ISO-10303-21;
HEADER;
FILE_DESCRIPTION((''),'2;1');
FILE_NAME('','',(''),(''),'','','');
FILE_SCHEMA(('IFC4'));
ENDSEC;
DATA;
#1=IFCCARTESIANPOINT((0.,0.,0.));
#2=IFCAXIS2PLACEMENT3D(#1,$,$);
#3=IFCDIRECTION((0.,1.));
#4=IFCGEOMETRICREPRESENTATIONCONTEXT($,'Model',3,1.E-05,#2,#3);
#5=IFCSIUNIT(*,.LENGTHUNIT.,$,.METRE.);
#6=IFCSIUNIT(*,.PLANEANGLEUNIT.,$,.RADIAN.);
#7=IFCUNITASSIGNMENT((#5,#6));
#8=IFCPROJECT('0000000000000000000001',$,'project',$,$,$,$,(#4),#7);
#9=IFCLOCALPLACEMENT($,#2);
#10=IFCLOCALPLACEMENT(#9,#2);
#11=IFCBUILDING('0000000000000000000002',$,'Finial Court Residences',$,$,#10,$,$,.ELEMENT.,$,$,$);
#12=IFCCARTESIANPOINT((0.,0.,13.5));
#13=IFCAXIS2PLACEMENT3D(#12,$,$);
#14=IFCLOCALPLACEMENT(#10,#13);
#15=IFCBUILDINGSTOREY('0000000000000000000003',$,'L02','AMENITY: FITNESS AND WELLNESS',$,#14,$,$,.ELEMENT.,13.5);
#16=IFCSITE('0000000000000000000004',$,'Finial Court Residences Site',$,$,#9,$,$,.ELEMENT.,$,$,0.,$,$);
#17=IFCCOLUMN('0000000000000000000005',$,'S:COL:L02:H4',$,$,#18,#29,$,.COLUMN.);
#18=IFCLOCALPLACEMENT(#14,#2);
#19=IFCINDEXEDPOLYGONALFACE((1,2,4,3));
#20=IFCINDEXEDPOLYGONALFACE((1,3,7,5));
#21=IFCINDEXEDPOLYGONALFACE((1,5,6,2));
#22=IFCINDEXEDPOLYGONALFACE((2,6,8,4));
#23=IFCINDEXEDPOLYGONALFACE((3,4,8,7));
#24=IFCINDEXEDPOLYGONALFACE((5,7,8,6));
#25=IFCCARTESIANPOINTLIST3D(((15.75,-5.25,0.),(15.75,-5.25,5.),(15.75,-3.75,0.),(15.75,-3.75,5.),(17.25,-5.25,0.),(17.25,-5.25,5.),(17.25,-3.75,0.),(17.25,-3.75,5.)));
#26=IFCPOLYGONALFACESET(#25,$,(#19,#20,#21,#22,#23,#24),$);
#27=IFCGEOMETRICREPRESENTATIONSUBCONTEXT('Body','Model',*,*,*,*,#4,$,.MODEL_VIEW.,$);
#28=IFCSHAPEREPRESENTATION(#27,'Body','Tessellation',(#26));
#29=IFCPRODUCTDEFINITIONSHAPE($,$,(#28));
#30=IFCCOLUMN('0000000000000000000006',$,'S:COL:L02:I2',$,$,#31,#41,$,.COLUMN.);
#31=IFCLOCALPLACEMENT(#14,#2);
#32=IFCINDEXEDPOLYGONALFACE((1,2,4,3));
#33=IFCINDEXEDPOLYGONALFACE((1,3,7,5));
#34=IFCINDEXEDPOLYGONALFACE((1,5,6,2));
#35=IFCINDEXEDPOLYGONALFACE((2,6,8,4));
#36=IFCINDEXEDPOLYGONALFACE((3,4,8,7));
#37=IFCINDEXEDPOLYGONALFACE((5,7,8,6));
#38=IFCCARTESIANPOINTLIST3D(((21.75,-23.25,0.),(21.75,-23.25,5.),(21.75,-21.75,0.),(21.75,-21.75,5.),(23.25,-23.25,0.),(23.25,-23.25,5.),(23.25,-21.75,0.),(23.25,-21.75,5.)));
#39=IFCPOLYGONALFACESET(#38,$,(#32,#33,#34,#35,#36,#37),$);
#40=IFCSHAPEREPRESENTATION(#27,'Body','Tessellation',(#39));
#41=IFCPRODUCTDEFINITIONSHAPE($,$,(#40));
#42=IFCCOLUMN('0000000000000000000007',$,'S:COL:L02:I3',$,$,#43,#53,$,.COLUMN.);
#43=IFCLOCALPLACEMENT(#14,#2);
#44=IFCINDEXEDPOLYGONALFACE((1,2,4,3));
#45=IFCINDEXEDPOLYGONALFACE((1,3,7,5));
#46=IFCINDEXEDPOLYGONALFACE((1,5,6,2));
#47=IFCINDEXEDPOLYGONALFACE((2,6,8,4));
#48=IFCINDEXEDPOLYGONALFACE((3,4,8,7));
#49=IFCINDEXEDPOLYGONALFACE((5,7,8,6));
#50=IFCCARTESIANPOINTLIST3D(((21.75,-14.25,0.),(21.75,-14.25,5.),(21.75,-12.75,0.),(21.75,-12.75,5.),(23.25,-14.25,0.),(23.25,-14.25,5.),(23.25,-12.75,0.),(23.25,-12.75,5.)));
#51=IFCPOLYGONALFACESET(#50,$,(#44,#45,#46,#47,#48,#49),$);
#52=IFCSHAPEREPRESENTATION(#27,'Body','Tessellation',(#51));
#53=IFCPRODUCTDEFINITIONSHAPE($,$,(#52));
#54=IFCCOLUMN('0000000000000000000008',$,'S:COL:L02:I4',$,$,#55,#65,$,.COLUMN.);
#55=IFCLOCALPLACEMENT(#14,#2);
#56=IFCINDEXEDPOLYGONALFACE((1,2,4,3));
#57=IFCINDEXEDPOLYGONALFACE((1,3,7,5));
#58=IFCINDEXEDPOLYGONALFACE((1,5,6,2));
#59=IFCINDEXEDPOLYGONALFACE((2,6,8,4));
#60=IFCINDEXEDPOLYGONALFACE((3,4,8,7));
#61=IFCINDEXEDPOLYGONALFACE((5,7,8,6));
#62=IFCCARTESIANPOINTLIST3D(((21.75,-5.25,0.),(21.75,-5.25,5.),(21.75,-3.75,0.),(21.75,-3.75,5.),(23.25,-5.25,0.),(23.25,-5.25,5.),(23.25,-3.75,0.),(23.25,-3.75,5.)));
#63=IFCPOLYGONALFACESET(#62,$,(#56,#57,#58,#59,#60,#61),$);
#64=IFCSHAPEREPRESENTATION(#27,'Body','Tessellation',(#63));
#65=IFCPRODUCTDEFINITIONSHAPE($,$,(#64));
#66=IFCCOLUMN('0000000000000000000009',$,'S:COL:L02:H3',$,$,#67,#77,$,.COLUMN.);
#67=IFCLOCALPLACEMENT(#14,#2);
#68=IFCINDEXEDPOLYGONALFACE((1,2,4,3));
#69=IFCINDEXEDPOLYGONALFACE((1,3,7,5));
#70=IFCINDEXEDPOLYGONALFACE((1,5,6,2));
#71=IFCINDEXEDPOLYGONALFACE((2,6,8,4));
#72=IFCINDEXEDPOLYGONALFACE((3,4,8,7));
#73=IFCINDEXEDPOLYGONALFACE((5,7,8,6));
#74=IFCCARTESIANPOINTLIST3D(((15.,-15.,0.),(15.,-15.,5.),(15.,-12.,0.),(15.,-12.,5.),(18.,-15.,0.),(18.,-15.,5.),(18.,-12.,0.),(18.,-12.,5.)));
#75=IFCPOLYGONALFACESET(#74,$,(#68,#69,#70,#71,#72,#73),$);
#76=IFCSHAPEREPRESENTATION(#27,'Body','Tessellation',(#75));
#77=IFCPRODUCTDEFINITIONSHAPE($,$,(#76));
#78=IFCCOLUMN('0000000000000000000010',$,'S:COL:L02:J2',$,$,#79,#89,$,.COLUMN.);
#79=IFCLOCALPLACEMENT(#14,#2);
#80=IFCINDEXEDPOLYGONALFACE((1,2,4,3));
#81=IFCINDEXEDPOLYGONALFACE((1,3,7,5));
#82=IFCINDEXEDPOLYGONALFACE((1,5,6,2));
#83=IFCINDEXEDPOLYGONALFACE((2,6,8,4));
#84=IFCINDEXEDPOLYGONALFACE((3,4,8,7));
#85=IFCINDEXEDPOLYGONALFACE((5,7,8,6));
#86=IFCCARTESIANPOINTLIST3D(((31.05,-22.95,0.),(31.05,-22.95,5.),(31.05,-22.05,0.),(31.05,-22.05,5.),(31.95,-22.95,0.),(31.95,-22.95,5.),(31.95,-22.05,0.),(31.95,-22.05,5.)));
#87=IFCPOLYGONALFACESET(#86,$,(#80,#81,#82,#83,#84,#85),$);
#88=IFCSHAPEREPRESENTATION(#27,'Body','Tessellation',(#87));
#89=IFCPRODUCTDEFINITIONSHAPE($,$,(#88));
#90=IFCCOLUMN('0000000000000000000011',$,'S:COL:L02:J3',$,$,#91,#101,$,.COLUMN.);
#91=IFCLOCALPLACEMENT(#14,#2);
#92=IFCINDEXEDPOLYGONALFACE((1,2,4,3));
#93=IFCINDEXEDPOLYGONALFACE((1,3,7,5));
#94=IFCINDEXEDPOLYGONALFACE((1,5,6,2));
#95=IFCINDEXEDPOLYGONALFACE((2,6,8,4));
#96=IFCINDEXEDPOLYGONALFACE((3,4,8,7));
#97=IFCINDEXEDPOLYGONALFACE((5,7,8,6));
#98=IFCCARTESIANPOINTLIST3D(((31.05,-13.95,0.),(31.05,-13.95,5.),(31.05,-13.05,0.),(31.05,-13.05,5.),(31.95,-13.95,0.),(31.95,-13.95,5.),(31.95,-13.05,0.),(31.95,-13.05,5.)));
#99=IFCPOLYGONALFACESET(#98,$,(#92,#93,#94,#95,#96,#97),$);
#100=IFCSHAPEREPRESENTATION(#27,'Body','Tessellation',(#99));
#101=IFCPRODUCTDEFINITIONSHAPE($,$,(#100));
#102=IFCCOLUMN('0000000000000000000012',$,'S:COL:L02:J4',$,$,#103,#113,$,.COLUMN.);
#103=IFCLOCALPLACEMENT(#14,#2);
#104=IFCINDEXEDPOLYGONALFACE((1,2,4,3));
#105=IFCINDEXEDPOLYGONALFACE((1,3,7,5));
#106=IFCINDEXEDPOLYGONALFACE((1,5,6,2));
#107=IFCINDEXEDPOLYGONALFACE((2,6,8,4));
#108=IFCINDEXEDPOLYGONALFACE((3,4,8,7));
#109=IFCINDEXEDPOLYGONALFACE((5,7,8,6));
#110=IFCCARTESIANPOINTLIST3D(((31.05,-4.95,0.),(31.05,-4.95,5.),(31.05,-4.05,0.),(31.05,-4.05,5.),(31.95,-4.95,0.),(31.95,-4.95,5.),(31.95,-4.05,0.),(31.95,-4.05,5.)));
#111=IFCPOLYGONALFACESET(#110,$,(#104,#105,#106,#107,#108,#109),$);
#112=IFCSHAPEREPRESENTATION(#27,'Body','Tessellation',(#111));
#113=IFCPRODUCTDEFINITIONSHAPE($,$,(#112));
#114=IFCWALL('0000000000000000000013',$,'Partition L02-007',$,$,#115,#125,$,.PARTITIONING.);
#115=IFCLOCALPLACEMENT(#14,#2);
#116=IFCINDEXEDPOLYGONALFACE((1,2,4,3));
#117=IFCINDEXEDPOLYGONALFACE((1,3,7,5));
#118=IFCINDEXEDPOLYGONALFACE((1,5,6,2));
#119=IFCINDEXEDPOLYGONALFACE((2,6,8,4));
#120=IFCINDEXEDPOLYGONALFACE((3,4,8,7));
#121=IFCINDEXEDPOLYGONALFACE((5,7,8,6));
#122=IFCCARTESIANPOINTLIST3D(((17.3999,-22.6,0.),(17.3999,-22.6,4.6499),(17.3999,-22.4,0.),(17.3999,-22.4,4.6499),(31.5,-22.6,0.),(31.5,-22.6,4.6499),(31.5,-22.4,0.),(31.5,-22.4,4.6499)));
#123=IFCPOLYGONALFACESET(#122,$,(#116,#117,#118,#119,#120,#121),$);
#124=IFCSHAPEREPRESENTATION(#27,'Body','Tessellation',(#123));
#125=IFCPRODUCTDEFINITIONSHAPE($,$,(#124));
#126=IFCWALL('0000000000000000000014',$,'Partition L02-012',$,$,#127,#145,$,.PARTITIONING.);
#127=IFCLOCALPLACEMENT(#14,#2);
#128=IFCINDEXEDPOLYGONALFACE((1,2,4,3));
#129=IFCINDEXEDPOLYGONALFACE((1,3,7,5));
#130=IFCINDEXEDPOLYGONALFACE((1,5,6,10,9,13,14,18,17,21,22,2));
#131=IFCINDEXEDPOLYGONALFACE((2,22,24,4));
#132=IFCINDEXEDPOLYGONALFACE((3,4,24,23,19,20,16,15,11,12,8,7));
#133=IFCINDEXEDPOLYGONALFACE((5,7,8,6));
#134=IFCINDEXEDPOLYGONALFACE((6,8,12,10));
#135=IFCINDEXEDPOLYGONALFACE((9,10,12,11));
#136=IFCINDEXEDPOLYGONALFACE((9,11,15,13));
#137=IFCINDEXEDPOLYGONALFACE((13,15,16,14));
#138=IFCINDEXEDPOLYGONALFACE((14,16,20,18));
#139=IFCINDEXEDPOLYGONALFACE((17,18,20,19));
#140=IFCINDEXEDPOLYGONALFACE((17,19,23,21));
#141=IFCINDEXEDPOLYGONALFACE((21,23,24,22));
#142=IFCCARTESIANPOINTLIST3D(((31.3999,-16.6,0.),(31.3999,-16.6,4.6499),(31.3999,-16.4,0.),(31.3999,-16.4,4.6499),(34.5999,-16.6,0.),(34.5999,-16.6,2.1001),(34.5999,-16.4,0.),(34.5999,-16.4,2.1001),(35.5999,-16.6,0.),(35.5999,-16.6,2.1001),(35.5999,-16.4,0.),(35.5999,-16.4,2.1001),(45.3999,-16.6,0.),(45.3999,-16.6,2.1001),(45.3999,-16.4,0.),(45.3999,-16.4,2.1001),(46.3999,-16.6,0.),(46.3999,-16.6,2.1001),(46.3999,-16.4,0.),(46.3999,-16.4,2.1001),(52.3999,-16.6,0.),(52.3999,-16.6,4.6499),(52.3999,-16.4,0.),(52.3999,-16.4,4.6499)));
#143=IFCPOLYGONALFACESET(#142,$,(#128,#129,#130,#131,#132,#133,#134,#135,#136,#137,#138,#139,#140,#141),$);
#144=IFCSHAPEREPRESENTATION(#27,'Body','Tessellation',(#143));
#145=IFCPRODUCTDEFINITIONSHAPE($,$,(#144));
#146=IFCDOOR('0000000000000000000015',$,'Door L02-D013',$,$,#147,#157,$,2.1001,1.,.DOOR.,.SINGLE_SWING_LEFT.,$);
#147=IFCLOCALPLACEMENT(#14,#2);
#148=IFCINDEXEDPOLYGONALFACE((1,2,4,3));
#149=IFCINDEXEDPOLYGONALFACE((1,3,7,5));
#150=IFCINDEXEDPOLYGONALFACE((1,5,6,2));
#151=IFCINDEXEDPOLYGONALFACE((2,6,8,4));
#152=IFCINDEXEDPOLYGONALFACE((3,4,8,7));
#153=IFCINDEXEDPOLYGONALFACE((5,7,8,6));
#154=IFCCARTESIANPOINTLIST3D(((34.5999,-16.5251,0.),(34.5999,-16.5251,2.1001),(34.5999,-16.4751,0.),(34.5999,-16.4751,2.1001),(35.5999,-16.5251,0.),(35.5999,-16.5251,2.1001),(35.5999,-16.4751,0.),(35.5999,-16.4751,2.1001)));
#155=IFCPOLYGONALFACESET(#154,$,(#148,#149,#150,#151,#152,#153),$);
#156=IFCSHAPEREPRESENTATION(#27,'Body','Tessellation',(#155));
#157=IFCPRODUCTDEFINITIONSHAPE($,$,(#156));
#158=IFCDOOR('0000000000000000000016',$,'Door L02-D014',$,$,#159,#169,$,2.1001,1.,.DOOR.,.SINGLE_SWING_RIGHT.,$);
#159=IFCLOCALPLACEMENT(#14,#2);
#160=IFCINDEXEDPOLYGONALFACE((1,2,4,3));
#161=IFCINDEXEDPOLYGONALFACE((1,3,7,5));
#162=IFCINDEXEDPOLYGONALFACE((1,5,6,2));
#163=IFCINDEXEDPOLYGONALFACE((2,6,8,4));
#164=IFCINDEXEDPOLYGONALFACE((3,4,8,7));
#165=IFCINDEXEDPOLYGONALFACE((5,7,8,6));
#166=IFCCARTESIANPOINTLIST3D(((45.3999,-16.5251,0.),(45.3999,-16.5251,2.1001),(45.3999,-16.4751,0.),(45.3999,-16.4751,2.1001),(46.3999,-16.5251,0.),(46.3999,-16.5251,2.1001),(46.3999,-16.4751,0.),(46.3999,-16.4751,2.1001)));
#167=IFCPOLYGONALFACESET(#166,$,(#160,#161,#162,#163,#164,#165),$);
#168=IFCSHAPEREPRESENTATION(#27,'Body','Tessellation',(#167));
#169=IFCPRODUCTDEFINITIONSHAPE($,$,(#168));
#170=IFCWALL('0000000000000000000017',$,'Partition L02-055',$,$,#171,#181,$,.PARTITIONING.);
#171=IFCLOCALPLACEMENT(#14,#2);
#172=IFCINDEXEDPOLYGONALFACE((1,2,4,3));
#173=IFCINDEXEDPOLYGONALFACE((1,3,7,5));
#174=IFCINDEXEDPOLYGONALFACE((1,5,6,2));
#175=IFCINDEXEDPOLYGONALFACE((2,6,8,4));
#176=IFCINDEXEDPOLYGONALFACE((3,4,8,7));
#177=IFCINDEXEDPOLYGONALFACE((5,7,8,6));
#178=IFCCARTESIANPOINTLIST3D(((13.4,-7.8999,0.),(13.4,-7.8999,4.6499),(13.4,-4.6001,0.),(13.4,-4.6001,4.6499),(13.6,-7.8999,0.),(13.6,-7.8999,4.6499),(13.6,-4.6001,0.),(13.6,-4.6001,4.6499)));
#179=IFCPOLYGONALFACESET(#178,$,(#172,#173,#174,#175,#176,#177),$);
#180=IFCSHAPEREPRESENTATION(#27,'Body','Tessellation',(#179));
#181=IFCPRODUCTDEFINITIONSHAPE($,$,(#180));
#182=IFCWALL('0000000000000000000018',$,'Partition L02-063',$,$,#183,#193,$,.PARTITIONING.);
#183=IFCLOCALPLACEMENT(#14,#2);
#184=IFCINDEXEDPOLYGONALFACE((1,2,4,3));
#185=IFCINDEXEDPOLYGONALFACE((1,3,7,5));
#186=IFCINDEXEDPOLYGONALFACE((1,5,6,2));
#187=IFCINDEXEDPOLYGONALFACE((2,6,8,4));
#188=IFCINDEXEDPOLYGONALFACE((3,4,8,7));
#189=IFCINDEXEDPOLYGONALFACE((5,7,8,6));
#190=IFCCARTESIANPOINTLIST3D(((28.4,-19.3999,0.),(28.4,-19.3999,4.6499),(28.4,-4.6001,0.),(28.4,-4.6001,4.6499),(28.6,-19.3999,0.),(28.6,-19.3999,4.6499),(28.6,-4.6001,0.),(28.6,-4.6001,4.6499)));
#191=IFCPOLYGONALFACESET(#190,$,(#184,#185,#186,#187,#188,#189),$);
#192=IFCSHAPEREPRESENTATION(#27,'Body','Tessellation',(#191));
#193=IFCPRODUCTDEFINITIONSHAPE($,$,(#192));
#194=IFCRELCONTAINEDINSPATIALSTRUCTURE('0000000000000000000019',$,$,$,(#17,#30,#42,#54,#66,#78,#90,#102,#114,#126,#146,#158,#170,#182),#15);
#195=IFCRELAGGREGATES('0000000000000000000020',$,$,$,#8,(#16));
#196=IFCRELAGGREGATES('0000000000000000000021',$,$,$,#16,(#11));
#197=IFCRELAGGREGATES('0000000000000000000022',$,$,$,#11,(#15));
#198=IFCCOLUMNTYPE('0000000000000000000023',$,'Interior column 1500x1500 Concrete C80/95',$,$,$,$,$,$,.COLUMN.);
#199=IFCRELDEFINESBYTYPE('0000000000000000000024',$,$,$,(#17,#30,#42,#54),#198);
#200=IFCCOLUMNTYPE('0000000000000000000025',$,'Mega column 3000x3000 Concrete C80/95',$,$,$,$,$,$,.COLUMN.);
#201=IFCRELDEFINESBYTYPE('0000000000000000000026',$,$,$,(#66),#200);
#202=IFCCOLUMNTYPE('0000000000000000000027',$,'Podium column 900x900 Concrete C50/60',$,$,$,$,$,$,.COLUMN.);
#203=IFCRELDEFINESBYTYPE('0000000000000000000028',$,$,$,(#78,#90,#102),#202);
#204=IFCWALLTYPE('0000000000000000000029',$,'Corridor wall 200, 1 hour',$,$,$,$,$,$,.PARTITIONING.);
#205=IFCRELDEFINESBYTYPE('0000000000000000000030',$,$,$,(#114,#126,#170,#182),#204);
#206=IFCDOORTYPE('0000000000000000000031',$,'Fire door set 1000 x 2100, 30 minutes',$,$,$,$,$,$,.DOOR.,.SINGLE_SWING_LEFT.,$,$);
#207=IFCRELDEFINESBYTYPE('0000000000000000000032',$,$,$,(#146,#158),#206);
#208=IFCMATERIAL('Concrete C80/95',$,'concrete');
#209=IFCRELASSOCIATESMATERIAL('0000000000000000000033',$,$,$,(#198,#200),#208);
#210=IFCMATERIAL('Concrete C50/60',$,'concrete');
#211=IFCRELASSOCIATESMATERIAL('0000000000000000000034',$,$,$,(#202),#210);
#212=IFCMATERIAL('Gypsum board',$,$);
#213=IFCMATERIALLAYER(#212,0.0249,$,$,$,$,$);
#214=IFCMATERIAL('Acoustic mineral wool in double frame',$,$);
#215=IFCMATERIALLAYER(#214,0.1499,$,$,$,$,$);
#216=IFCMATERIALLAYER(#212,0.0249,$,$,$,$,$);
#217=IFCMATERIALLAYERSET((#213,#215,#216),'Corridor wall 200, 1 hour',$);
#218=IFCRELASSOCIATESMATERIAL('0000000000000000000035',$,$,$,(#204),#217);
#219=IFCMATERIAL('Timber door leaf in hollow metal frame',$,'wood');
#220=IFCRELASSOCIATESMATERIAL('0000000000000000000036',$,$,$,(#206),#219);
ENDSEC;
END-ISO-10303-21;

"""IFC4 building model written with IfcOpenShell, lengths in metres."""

from ifc_helpers import new_model, si_unit, direction, frame, frame_2d, origin, origin_2d, place, context, subcontext, project, spatial, rectangle, extrude, material, layer, layer_set, material_profile, profile_set, type_object, element, fill, save


model = new_model("IFC4")

# Units and contexts
model_context = context("Model", 3, precision=1e-05, world=origin(), true_north=direction((0.0, 1.0)))
body_context = subcontext(model_context, "Body", "Model", "MODEL_VIEW")
ifc_project = project(units=[si_unit("LENGTHUNIT", "METRE"), si_unit("PLANEANGLEUNIT", "RADIAN")], contexts=[model_context])

# Site, building, storey
site_placement = place(None, origin())
site = spatial("IfcSite", under=ifc_project, at=site_placement, Name="Finial Court Residences Site", CompositionType="ELEMENT", RefElevation=0.0)
building_placement = place(site_placement, origin())
building = spatial("IfcBuilding", under=site, at=building_placement, Name="Finial Court Residences", CompositionType="ELEMENT")
storey_placement = place(building_placement, frame((0.0, 0.0, 13.5)))
storey = spatial("IfcBuildingStorey", under=building, at=storey_placement, Name="L02", Description="AMENITY: FITNESS AND WELLNESS", CompositionType="ELEMENT", Elevation=13.5)

# Columns
ifc_material_1 = material(Name="Concrete C80/95", Category="concrete")
ifc_material_profile_1 = material_profile(ifc_material_1, rectangle(XDim=1.5, YDim=1.5, at=origin_2d()), Name="1500x1500")
ifc_profile_set_1 = profile_set([ifc_material_profile_1], Name="Concrete C80/95")
column_type_1 = type_object("IfcColumnType", Name="Interior column 1500x1500 Concrete C80/95", PredefinedType="COLUMN", material=ifc_profile_set_1)
for number, where, z_axis, x_axis, name in (
    (1, (16.5, -4.5, 0.0), (0.0, 0.0, 1.0), (1.0, 0.0, 0.0), "S:COL:L02:H4"),
    (2, (22.5, -22.5, 0.0), (0.0, 0.0, 1.0), (1.0, 0.0, 0.0), "S:COL:L02:I2"),
    (3, (22.5, -13.5, 0.0), (0.0, 0.0, 1.0), (1.0, 0.0, 0.0), "S:COL:L02:I3"),
    (4, (22.5, -4.5, 0.0), (0.0, 0.0, 1.0), (1.0, 0.0, 0.0), "S:COL:L02:I4"),
):
    element("IfcColumn", number, at=place(storey_placement, frame(where, z_axis=z_axis, x_axis=x_axis)), inside=storey, type_object=column_type_1, Name=name, PredefinedType="COLUMN", context=body_context, shape_type="SweptSolid", body=[
        extrude(rectangle(XDim=1.5, YDim=1.5, at=origin_2d()), origin(), (0.0, 0.0, 1.0), 5.0),
    ])
ifc_material_profile_2 = material_profile(ifc_material_1, rectangle(XDim=3.0, YDim=3.0, at=origin_2d()), Name="3000x3000")
ifc_profile_set_2 = profile_set([ifc_material_profile_2], Name="Concrete C80/95")
column_type_2 = type_object("IfcColumnType", Name="Mega column 3000x3000 Concrete C80/95", PredefinedType="COLUMN", material=ifc_profile_set_2)
column_placement = place(storey_placement, frame((16.5, -13.5, 0.0), z_axis=(0.0, 0.0, 1.0), x_axis=(1.0, 0.0, 0.0)))
element("IfcColumn", 5, at=column_placement, inside=storey, type_object=column_type_2, Name="S:COL:L02:H3", PredefinedType="COLUMN", context=body_context, shape_type="SweptSolid", body=[
    extrude(rectangle(XDim=3.0, YDim=3.0, at=origin_2d()), origin(), (0.0, 0.0, 1.0), 5.0),
])
ifc_material_2 = material(Name="Concrete C50/60", Category="concrete")
ifc_material_profile_3 = material_profile(ifc_material_2, rectangle(XDim=0.8999, YDim=0.8999, at=origin_2d()), Name="900x900")
ifc_profile_set_3 = profile_set([ifc_material_profile_3], Name="Concrete C50/60")
column_type_3 = type_object("IfcColumnType", Name="Podium column 900x900 Concrete C50/60", PredefinedType="COLUMN", material=ifc_profile_set_3)
for number, where, z_axis, x_axis, name in (
    (6, (31.5, -22.5, 0.0), (0.0, 0.0, 1.0), (1.0, 0.0, 0.0), "S:COL:L02:J2"),
    (7, (31.5, -13.5, 0.0), (0.0, 0.0, 1.0), (1.0, 0.0, 0.0), "S:COL:L02:J3"),
    (8, (31.5, -4.5, 0.0), (0.0, 0.0, 1.0), (1.0, 0.0, 0.0), "S:COL:L02:J4"),
):
    element("IfcColumn", number, at=place(storey_placement, frame(where, z_axis=z_axis, x_axis=x_axis)), inside=storey, type_object=column_type_3, Name=name, PredefinedType="COLUMN", context=body_context, shape_type="SweptSolid", body=[
        extrude(rectangle(XDim=0.8999, YDim=0.8999, at=origin_2d()), origin(), (0.0, 0.0, 1.0), 5.0),
    ])

# Wall
ifc_material_3 = material(Name="Gypsum board")
ifc_layer_1 = layer(ifc_material_3, 0.0249)
ifc_material_4 = material(Name="Acoustic mineral wool in double frame")
ifc_layer_2 = layer(ifc_material_4, 0.1499)
ifc_layer_3 = layer(ifc_material_3, 0.0249)
ifc_layer_set_1 = layer_set([ifc_layer_1, ifc_layer_2, ifc_layer_3], Name="Corridor wall 200, 1 hour")
wall_type_1 = type_object("IfcWallType", Name="Corridor wall 200, 1 hour", PredefinedType="PARTITIONING", material=ifc_layer_set_1)
wall_1_placement = place(storey_placement, frame((17.3999, -22.5, 0.0), z_axis=(0.0, 0.0, 1.0), x_axis=(1.0, 0.0, 0.0)))
element("IfcWall", 9, at=wall_1_placement, inside=storey, type_object=wall_type_1, Name="Partition L02-007", PredefinedType="PARTITIONING", context=body_context, shape_type="SweptSolid", body=[
    extrude(rectangle(XDim=14.1001, YDim=0.2, at=frame_2d((7.05, 0.0))), origin(), (0.0, 0.0, 1.0), 4.6499),
])

# Wall, openings, doors
wall_2_placement = place(storey_placement, frame((31.3999, -16.5, 0.0), z_axis=(0.0, 0.0, 1.0), x_axis=(1.0, 0.0, 0.0)))
wall_2 = element("IfcWall", 10, at=wall_2_placement, inside=storey, type_object=wall_type_1, Name="Partition L02-012", PredefinedType="PARTITIONING", context=body_context, shape_type="SweptSolid", body=[
    extrude(rectangle(XDim=21.0, YDim=0.2, at=frame_2d((10.5, 0.0))), origin(), (0.0, 0.0, 1.0), 4.6499),
])
opening_1_placement = place(wall_2_placement, frame((3.2, 0.0, 0.0)))
opening_1 = element("IfcOpeningElement", 11, at=opening_1_placement, cuts=wall_2, PredefinedType="OPENING", context=body_context, shape_type="SweptSolid", body=[
    extrude(rectangle(XDim=1.0, YDim=2.1001, at=frame_2d((0.5, 1.05))), frame((0.0, 0.1099, 0.0), z_axis=(0.0, -1.0, 0.0), x_axis=(1.0, 0.0, 0.0)), (0.0, 0.0, 1.0), 0.22),
])
opening_2_placement = place(wall_2_placement, frame((14.0, 0.0, 0.0)))
opening_2 = element("IfcOpeningElement", 12, at=opening_2_placement, cuts=wall_2, PredefinedType="OPENING", context=body_context, shape_type="SweptSolid", body=[
    extrude(rectangle(XDim=1.0, YDim=2.1001, at=frame_2d((0.5, 1.05))), frame((0.0, 0.1099, 0.0), z_axis=(0.0, -1.0, 0.0), x_axis=(1.0, 0.0, 0.0)), (0.0, 0.0, 1.0), 0.22),
])
ifc_material_5 = material(Name="Timber door leaf in hollow metal frame", Category="wood")
door_type = type_object("IfcDoorType", Name="Fire door set 1000 x 2100, 30 minutes", OperationType="SINGLE_SWING_LEFT", PredefinedType="DOOR", material=ifc_material_5)
door_1_placement = place(opening_1_placement, origin())
door_1 = element("IfcDoor", 13, at=door_1_placement, inside=storey, type_object=door_type, Name="Door L02-D013", OperationType="SINGLE_SWING_LEFT", OverallHeight=2.1001, OverallWidth=1.0, PredefinedType="DOOR", context=body_context, shape_type="SweptSolid", body=[
    extrude(rectangle(XDim=1.0, YDim=2.1001, at=frame_2d((0.5, 1.05))), frame((0.0, 0.0249, 0.0), z_axis=(0.0, -1.0, 0.0), x_axis=(1.0, 0.0, 0.0)), (0.0, 0.0, 1.0), 0.05),
])
fill(opening_1, door_1)
door_2_placement = place(opening_2_placement, origin())
door_2 = element("IfcDoor", 14, at=door_2_placement, inside=storey, type_object=door_type, Name="Door L02-D014", OperationType="SINGLE_SWING_RIGHT", OverallHeight=2.1001, OverallWidth=1.0, PredefinedType="DOOR", context=body_context, shape_type="SweptSolid", body=[
    extrude(rectangle(XDim=1.0, YDim=2.1001, at=frame_2d((0.5, 1.05))), frame((0.0, 0.0249, 0.0), z_axis=(0.0, -1.0, 0.0), x_axis=(1.0, 0.0, 0.0)), (0.0, 0.0, 1.0), 0.05),
])
fill(opening_2, door_2)

# Walls
wall_3_placement = place(storey_placement, frame((13.5, -7.8999, 0.0), z_axis=(0.0, 0.0, 1.0), x_axis=(0.0, 1.0, 0.0)))
element("IfcWall", 15, at=wall_3_placement, inside=storey, type_object=wall_type_1, Name="Partition L02-055", PredefinedType="PARTITIONING", context=body_context, shape_type="SweptSolid", body=[
    extrude(rectangle(XDim=3.2998, YDim=0.2, at=frame_2d((1.6499, 0.0))), origin(), (0.0, 0.0, 1.0), 4.6499),
])
wall_4_placement = place(storey_placement, frame((28.5, -19.3999, 0.0), z_axis=(0.0, 0.0, 1.0), x_axis=(0.0, 1.0, 0.0)))
element("IfcWall", 16, at=wall_4_placement, inside=storey, type_object=wall_type_1, Name="Partition L02-063", PredefinedType="PARTITIONING", context=body_context, shape_type="SweptSolid", body=[
    extrude(rectangle(XDim=14.7998, YDim=0.2, at=frame_2d((7.3999, 0.0))), origin(), (0.0, 0.0, 1.0), 4.6499),
])

save(model, "model.ifc")
